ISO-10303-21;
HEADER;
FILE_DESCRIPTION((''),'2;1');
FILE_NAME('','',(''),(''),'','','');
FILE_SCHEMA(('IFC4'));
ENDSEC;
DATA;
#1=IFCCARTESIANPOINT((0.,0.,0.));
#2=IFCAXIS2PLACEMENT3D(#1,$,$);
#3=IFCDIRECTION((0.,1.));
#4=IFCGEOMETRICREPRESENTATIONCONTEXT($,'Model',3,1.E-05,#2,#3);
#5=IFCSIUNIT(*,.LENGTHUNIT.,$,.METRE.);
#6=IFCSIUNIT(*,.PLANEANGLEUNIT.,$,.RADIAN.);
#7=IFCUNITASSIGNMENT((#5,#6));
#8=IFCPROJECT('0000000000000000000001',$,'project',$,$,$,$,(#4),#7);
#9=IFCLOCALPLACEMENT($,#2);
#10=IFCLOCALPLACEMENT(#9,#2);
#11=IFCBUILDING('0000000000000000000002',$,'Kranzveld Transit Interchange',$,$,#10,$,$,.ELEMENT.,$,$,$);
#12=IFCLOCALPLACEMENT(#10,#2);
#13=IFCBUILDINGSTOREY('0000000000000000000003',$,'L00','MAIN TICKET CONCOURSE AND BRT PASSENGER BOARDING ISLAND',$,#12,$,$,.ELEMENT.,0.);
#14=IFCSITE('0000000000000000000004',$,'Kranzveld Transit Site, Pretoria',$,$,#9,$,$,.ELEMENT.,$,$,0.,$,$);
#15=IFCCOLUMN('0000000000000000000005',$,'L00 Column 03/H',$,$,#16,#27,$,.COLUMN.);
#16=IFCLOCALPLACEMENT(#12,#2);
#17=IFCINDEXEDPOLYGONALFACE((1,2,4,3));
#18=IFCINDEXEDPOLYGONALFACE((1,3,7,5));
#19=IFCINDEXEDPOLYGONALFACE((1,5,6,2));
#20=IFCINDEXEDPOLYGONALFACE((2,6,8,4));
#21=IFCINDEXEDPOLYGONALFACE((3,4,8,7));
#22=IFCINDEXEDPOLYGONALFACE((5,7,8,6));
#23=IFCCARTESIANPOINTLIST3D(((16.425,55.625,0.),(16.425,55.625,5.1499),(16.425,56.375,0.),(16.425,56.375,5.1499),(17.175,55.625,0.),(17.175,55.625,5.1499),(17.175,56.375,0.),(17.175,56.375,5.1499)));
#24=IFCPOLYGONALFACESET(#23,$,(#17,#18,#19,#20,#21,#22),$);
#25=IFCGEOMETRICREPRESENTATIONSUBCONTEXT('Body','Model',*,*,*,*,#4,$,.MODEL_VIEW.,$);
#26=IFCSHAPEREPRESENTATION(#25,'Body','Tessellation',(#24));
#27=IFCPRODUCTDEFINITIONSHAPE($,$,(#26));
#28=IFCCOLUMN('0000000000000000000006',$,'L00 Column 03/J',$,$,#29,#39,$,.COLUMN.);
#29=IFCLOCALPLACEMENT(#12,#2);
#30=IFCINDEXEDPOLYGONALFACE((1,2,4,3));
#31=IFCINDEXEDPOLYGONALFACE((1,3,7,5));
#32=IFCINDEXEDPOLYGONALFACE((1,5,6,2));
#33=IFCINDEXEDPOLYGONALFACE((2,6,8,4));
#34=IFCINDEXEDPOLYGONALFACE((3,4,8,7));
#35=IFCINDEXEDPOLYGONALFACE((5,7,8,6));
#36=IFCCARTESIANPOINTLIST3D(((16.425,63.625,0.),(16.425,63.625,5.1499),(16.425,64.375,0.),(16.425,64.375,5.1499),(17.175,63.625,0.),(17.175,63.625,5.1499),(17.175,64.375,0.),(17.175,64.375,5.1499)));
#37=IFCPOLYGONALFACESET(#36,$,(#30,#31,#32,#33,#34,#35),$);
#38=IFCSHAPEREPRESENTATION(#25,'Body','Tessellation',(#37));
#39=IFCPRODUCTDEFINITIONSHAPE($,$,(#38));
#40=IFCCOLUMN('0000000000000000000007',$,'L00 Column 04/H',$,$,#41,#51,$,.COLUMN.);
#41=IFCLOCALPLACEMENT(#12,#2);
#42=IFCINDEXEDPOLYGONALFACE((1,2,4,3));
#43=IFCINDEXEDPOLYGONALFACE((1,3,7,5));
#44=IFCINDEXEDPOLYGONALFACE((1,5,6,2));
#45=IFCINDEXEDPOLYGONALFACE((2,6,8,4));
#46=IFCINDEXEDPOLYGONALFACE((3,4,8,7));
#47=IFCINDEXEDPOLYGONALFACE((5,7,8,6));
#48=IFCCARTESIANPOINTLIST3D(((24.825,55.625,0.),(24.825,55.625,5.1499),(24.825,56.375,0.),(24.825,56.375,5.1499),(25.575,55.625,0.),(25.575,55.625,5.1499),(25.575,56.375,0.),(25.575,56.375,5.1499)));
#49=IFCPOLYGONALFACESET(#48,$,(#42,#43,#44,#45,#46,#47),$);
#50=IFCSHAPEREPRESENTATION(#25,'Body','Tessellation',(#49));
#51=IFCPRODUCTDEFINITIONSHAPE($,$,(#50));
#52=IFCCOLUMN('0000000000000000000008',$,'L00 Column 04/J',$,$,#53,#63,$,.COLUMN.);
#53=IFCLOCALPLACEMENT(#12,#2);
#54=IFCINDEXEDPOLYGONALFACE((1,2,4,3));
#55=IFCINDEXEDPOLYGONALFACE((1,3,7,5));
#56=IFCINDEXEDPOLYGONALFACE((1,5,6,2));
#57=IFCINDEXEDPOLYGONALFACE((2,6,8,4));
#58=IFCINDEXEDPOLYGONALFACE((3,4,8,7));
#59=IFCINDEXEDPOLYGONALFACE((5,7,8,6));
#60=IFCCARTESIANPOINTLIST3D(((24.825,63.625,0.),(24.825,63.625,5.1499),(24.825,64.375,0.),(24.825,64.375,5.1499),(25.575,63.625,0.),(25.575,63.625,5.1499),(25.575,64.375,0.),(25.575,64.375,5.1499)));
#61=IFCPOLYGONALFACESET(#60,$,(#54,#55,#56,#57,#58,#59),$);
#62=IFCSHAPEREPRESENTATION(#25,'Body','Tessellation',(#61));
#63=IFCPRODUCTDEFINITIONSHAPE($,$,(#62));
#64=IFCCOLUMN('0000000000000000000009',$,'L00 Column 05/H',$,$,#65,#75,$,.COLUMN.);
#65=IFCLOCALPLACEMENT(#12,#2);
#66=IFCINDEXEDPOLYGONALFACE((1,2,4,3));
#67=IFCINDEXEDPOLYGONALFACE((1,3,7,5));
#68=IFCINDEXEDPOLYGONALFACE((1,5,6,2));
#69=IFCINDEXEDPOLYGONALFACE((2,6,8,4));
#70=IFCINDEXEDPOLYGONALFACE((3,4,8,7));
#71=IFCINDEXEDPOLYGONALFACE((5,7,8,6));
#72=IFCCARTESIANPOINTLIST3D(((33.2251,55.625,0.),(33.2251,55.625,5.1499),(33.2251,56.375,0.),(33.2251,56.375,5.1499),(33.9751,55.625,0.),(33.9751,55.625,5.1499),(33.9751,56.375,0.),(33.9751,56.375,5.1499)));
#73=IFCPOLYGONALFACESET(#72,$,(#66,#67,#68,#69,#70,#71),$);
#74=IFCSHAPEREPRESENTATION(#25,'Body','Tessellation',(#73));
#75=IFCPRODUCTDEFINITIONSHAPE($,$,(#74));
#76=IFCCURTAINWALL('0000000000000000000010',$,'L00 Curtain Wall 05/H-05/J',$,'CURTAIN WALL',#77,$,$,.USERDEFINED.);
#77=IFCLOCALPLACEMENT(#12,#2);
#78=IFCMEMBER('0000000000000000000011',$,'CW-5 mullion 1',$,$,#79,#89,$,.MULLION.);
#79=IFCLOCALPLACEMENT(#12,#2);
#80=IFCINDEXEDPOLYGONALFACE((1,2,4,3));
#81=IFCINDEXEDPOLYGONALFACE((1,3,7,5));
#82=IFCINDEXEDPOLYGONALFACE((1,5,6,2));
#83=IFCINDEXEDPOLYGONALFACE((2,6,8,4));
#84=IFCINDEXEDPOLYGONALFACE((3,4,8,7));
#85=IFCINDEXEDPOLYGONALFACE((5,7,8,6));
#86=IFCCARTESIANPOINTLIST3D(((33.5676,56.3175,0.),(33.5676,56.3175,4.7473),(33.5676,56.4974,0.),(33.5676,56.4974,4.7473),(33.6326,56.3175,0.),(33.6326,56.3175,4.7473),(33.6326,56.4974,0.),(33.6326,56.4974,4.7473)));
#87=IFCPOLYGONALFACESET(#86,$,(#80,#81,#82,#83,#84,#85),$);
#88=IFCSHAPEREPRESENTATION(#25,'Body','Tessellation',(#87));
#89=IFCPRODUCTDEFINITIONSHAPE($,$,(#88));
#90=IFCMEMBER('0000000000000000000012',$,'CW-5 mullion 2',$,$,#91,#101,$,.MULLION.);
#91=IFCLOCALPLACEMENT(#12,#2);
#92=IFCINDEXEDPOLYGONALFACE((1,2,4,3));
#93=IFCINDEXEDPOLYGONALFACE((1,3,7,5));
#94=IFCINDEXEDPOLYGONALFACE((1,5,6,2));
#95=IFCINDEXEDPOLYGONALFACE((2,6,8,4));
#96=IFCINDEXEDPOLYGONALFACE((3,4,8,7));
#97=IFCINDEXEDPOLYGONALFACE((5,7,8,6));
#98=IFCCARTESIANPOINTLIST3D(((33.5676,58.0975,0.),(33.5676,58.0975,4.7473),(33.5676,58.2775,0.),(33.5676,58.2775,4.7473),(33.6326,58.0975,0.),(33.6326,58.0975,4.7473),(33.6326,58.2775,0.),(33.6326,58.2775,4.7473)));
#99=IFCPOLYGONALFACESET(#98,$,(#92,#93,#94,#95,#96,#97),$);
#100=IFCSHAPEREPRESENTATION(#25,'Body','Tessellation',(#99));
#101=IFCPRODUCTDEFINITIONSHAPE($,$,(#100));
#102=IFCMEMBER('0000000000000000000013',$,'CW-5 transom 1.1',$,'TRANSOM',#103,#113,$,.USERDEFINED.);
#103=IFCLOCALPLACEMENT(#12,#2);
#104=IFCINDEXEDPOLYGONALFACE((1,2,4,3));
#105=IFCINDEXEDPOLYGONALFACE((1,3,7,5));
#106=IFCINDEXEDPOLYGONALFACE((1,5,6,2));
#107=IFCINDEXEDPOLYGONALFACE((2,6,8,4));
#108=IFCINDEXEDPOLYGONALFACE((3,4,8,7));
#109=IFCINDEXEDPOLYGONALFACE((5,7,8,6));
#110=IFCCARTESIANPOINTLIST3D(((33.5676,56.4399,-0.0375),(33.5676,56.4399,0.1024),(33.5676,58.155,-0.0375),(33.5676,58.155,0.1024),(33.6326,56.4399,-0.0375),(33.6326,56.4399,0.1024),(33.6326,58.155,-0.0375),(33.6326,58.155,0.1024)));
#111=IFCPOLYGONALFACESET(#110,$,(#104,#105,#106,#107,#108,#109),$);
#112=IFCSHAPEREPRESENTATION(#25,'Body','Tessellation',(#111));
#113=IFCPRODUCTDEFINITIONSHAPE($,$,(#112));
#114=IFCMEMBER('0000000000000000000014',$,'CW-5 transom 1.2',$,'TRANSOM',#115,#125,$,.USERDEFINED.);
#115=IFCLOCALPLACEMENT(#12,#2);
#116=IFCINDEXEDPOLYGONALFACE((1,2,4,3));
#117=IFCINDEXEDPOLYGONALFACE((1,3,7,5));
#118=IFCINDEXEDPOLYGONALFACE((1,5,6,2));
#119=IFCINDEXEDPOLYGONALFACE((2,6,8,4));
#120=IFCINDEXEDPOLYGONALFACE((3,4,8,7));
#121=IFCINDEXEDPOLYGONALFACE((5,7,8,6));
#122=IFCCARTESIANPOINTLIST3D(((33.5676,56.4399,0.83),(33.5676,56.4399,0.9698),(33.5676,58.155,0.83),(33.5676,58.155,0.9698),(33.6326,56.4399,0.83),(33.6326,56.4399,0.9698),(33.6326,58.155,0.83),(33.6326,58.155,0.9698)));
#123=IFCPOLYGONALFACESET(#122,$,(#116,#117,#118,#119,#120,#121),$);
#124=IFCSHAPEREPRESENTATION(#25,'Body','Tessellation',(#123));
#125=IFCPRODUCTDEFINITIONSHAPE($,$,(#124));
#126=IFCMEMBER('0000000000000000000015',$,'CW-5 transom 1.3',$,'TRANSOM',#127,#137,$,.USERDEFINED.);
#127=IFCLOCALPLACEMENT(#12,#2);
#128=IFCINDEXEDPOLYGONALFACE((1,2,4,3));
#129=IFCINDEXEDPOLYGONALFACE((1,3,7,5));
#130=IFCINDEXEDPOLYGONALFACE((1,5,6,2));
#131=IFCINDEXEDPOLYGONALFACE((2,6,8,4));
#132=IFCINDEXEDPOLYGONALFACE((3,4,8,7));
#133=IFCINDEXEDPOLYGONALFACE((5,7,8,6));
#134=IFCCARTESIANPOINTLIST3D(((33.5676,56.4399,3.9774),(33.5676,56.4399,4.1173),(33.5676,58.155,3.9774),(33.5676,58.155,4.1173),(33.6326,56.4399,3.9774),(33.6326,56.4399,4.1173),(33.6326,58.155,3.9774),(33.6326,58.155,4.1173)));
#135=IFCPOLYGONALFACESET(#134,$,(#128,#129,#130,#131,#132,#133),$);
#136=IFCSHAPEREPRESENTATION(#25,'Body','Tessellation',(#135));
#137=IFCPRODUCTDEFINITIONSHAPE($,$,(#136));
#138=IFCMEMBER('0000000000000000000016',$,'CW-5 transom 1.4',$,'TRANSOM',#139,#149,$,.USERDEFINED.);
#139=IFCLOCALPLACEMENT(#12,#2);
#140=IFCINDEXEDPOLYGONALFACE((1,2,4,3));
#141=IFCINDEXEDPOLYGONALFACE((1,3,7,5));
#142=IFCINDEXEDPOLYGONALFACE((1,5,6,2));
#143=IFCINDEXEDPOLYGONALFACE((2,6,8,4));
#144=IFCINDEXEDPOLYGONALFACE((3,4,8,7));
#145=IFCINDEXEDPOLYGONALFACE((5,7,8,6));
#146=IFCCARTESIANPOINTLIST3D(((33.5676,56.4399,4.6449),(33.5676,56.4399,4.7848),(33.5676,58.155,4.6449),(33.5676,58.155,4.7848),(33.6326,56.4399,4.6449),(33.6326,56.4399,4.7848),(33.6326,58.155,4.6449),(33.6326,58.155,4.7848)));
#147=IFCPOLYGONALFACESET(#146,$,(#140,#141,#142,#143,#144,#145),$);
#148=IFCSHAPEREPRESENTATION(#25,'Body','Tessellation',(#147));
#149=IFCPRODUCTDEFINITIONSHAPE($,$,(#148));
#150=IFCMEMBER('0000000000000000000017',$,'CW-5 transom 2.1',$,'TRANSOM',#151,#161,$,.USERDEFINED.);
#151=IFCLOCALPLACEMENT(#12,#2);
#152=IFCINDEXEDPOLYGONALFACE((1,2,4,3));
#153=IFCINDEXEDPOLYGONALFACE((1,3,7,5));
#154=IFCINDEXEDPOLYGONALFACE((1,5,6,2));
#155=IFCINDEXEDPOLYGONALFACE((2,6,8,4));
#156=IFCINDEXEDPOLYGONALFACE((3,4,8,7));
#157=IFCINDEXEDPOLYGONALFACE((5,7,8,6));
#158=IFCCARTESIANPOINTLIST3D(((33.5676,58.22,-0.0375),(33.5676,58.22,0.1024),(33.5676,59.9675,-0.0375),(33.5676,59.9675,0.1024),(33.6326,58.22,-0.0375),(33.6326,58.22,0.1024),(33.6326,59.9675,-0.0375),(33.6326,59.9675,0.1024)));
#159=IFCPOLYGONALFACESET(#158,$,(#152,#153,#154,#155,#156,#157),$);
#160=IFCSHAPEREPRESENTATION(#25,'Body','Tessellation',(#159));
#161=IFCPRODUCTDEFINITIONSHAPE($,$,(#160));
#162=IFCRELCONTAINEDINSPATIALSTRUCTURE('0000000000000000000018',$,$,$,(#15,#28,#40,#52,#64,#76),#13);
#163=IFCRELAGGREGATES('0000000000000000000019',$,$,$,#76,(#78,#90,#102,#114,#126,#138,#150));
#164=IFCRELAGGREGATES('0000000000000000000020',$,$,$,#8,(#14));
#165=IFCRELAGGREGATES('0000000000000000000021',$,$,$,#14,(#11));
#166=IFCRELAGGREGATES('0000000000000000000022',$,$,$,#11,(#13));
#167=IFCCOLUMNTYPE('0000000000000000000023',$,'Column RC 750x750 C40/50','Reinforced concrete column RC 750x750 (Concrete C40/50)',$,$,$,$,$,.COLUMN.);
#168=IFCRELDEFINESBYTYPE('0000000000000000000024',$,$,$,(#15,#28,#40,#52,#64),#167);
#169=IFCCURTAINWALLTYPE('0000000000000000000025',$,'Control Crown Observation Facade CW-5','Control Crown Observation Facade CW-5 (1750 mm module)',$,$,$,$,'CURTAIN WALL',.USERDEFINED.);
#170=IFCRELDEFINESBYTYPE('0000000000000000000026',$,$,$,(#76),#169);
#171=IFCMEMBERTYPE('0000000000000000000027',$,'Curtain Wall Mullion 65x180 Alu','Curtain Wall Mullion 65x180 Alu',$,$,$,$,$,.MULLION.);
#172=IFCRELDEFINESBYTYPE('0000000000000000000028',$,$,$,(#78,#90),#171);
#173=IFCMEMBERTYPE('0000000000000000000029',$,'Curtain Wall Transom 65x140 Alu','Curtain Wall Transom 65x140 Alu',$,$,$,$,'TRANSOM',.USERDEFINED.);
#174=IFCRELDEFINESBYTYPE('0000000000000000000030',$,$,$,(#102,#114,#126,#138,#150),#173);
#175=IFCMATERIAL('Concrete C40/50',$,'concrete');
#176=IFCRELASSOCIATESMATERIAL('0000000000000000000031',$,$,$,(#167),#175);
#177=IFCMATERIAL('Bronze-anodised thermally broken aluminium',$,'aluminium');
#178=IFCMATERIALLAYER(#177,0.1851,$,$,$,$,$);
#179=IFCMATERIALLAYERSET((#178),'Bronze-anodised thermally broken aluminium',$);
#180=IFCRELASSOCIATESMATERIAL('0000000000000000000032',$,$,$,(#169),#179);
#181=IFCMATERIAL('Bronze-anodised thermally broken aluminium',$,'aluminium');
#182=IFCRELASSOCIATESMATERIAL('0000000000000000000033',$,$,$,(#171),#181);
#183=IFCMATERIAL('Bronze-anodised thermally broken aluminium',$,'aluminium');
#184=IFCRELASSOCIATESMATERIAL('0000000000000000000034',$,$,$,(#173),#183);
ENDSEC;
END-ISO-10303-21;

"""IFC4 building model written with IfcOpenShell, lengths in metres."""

from ifc_helpers import new_model, si_unit, direction, frame, origin, origin_2d, place, context, subcontext, project, spatial, rectangle, extrude, material, layer, layer_set, material_profile, profile_set, type_object, element, aggregate, save


model = new_model("IFC4")

# Units and contexts
model_context = context("Model", 3, precision=1e-05, world=origin(), true_north=direction((0.0, 1.0)))
body_context = subcontext(model_context, "Body", "Model", "MODEL_VIEW")
ifc_project = project(units=[si_unit("LENGTHUNIT", "METRE"), si_unit("PLANEANGLEUNIT", "RADIAN")], contexts=[model_context])

# Site, building, storey
site_placement = place(None, origin())
site = spatial("IfcSite", under=ifc_project, at=site_placement, Name="Kranzveld Transit Site, Pretoria", CompositionType="ELEMENT", RefElevation=0.0)
building_placement = place(site_placement, origin())
building = spatial("IfcBuilding", under=site, at=building_placement, Name="Kranzveld Transit Interchange", CompositionType="ELEMENT")
storey_placement = place(building_placement, origin())
storey = spatial("IfcBuildingStorey", under=building, at=storey_placement, Name="L00", Description="MAIN TICKET CONCOURSE AND BRT PASSENGER BOARDING ISLAND", CompositionType="ELEMENT", Elevation=0.0)

# Columns
ifc_material_1 = material(Name="Concrete C40/50", Category="concrete")
ifc_material_profile_1 = material_profile(ifc_material_1, rectangle(XDim=0.75, YDim=0.75, at=origin_2d()), Name="RC 750x750")
ifc_profile_set_1 = profile_set([ifc_material_profile_1], Name="Concrete C40/50")
column_type = type_object("IfcColumnType", Name="Column RC 750x750 C40/50", Description="Reinforced concrete column RC 750x750 (Concrete C40/50)", PredefinedType="COLUMN", material=ifc_profile_set_1)
for number, where, z_axis, x_axis, name in (
    (1, (16.8, 56.0, 0.0), (0.0, 0.0, 1.0), (1.0, 0.0, 0.0), "L00 Column 03/H"),
    (2, (16.8, 64.0, 0.0), (0.0, 0.0, 1.0), (1.0, 0.0, 0.0), "L00 Column 03/J"),
    (3, (25.2, 56.0, 0.0), (0.0, 0.0, 1.0), (1.0, 0.0, 0.0), "L00 Column 04/H"),
    (4, (25.2, 64.0, 0.0), (0.0, 0.0, 1.0), (1.0, 0.0, 0.0), "L00 Column 04/J"),
    (5, (33.6001, 56.0, 0.0), (0.0, 0.0, 1.0), (1.0, 0.0, 0.0), "L00 Column 05/H"),
):
    element("IfcColumn", number, at=place(storey_placement, frame(where, z_axis=z_axis, x_axis=x_axis)), inside=storey, type_object=column_type, Name=name, PredefinedType="COLUMN", context=body_context, shape_type="SweptSolid", body=[
        extrude(rectangle(XDim=0.75, YDim=0.75, at=origin_2d()), origin(), (0.0, 0.0, 1.0), 5.1499),
    ])

# Curtain wall, members
ifc_material_2 = material(Name="Bronze-anodised thermally broken aluminium", Category="aluminium")
ifc_layer_1 = layer(ifc_material_2, 0.1851)
ifc_layer_set_1 = layer_set([ifc_layer_1], Name="Bronze-anodised thermally broken aluminium")
curtain_wall_type = type_object("IfcCurtainWallType", Name="Control Crown Observation Facade CW-5", Description="Control Crown Observation Facade CW-5 (1750 mm module)", ElementType="CURTAIN WALL", PredefinedType="USERDEFINED", material=ifc_layer_set_1)
curtain_wall_placement = place(storey_placement, origin())
curtain_wall = element("IfcCurtainWall", 6, at=curtain_wall_placement, inside=storey, type_object=curtain_wall_type, Name="L00 Curtain Wall 05/H-05/J", ObjectType="CURTAIN WALL", PredefinedType="USERDEFINED")
ifc_material_3 = material(Name="Bronze-anodised thermally broken aluminium", Category="aluminium")
ifc_material_profile_2 = material_profile(ifc_material_3, rectangle(XDim=0.0649, YDim=0.1799, at=origin_2d()), Name="ALU MULLION 65x180")
ifc_profile_set_2 = profile_set([ifc_material_profile_2], Name="Bronze-anodised thermally broken aluminium")
member_type_1 = type_object("IfcMemberType", Name="Curtain Wall Mullion 65x180 Alu", Description="Curtain Wall Mullion 65x180 Alu", PredefinedType="MULLION", material=ifc_profile_set_2)
member_1_placement = place(storey_placement, frame((33.6001, 56.4075, 0.0), z_axis=(0.0, 0.0, 1.0), x_axis=(-1.0, 0.0, 0.0)))
member_1 = element("IfcMember", 7, at=member_1_placement, type_object=member_type_1, Name="CW-5 mullion 1", PredefinedType="MULLION", context=body_context, shape_type="SweptSolid", body=[
    extrude(rectangle(XDim=0.0649, YDim=0.1799, at=origin_2d()), origin(), (0.0, 0.0, 1.0), 4.7473),
])
member_2_placement = place(storey_placement, frame((33.6001, 58.1875, 0.0), z_axis=(0.0, 0.0, 1.0), x_axis=(-1.0, 0.0, 0.0)))
member_2 = element("IfcMember", 8, at=member_2_placement, type_object=member_type_1, Name="CW-5 mullion 2", PredefinedType="MULLION", context=body_context, shape_type="SweptSolid", body=[
    extrude(rectangle(XDim=0.0649, YDim=0.1799, at=origin_2d()), origin(), (0.0, 0.0, 1.0), 4.7473),
])
ifc_material_4 = material(Name="Bronze-anodised thermally broken aluminium", Category="aluminium")
ifc_material_profile_3 = material_profile(ifc_material_4, rectangle(XDim=0.0649, YDim=0.1399, at=origin_2d()), Name="ALU TRANSOM 65x140")
ifc_profile_set_3 = profile_set([ifc_material_profile_3], Name="Bronze-anodised thermally broken aluminium")
member_type_2 = type_object("IfcMemberType", Name="Curtain Wall Transom 65x140 Alu", Description="Curtain Wall Transom 65x140 Alu", ElementType="TRANSOM", PredefinedType="USERDEFINED", material=ifc_profile_set_3)
member_3_placement = place(storey_placement, frame((33.6001, 56.4399, 0.0325), z_axis=(0.0, 1.0, 0.0), x_axis=(-1.0, 0.0, 0.0)))
member_3 = element("IfcMember", 9, at=member_3_placement, type_object=member_type_2, Name="CW-5 transom 1.1", ObjectType="TRANSOM", PredefinedType="USERDEFINED", context=body_context, shape_type="SweptSolid", body=[
    extrude(rectangle(XDim=0.0649, YDim=0.1399, at=origin_2d()), origin(), (0.0, 0.0, 1.0), 1.7151),
])
member_4_placement = place(storey_placement, frame((33.6001, 56.4399, 0.8999), z_axis=(0.0, 1.0, 0.0), x_axis=(-1.0, 0.0, 0.0)))
member_4 = element("IfcMember", 10, at=member_4_placement, type_object=member_type_2, Name="CW-5 transom 1.2", ObjectType="TRANSOM", PredefinedType="USERDEFINED", context=body_context, shape_type="SweptSolid", body=[
    extrude(rectangle(XDim=0.0649, YDim=0.1399, at=origin_2d()), origin(), (0.0, 0.0, 1.0), 1.7151),
])
member_5_placement = place(storey_placement, frame((33.6001, 56.4399, 4.0474), z_axis=(0.0, 1.0, 0.0), x_axis=(-1.0, 0.0, 0.0)))
member_5 = element("IfcMember", 11, at=member_5_placement, type_object=member_type_2, Name="CW-5 transom 1.3", ObjectType="TRANSOM", PredefinedType="USERDEFINED", context=body_context, shape_type="SweptSolid", body=[
    extrude(rectangle(XDim=0.0649, YDim=0.1399, at=origin_2d()), origin(), (0.0, 0.0, 1.0), 1.7151),
])
member_6_placement = place(storey_placement, frame((33.6001, 56.4399, 4.7148), z_axis=(0.0, 1.0, 0.0), x_axis=(-1.0, 0.0, 0.0)))
member_6 = element("IfcMember", 12, at=member_6_placement, type_object=member_type_2, Name="CW-5 transom 1.4", ObjectType="TRANSOM", PredefinedType="USERDEFINED", context=body_context, shape_type="SweptSolid", body=[
    extrude(rectangle(XDim=0.0649, YDim=0.1399, at=origin_2d()), origin(), (0.0, 0.0, 1.0), 1.7151),
])
member_7_placement = place(storey_placement, frame((33.6001, 58.22, 0.0325), z_axis=(0.0, 1.0, 0.0), x_axis=(-1.0, 0.0, 0.0)))
member_7 = element("IfcMember", 13, at=member_7_placement, type_object=member_type_2, Name="CW-5 transom 2.1", ObjectType="TRANSOM", PredefinedType="USERDEFINED", context=body_context, shape_type="SweptSolid", body=[
    extrude(rectangle(XDim=0.0649, YDim=0.1399, at=origin_2d()), origin(), (0.0, 0.0, 1.0), 1.7476),
])

aggregate(curtain_wall, [member_1, member_2, member_3, member_4, member_5, member_6, member_7])

save(model, "model.ifc")
